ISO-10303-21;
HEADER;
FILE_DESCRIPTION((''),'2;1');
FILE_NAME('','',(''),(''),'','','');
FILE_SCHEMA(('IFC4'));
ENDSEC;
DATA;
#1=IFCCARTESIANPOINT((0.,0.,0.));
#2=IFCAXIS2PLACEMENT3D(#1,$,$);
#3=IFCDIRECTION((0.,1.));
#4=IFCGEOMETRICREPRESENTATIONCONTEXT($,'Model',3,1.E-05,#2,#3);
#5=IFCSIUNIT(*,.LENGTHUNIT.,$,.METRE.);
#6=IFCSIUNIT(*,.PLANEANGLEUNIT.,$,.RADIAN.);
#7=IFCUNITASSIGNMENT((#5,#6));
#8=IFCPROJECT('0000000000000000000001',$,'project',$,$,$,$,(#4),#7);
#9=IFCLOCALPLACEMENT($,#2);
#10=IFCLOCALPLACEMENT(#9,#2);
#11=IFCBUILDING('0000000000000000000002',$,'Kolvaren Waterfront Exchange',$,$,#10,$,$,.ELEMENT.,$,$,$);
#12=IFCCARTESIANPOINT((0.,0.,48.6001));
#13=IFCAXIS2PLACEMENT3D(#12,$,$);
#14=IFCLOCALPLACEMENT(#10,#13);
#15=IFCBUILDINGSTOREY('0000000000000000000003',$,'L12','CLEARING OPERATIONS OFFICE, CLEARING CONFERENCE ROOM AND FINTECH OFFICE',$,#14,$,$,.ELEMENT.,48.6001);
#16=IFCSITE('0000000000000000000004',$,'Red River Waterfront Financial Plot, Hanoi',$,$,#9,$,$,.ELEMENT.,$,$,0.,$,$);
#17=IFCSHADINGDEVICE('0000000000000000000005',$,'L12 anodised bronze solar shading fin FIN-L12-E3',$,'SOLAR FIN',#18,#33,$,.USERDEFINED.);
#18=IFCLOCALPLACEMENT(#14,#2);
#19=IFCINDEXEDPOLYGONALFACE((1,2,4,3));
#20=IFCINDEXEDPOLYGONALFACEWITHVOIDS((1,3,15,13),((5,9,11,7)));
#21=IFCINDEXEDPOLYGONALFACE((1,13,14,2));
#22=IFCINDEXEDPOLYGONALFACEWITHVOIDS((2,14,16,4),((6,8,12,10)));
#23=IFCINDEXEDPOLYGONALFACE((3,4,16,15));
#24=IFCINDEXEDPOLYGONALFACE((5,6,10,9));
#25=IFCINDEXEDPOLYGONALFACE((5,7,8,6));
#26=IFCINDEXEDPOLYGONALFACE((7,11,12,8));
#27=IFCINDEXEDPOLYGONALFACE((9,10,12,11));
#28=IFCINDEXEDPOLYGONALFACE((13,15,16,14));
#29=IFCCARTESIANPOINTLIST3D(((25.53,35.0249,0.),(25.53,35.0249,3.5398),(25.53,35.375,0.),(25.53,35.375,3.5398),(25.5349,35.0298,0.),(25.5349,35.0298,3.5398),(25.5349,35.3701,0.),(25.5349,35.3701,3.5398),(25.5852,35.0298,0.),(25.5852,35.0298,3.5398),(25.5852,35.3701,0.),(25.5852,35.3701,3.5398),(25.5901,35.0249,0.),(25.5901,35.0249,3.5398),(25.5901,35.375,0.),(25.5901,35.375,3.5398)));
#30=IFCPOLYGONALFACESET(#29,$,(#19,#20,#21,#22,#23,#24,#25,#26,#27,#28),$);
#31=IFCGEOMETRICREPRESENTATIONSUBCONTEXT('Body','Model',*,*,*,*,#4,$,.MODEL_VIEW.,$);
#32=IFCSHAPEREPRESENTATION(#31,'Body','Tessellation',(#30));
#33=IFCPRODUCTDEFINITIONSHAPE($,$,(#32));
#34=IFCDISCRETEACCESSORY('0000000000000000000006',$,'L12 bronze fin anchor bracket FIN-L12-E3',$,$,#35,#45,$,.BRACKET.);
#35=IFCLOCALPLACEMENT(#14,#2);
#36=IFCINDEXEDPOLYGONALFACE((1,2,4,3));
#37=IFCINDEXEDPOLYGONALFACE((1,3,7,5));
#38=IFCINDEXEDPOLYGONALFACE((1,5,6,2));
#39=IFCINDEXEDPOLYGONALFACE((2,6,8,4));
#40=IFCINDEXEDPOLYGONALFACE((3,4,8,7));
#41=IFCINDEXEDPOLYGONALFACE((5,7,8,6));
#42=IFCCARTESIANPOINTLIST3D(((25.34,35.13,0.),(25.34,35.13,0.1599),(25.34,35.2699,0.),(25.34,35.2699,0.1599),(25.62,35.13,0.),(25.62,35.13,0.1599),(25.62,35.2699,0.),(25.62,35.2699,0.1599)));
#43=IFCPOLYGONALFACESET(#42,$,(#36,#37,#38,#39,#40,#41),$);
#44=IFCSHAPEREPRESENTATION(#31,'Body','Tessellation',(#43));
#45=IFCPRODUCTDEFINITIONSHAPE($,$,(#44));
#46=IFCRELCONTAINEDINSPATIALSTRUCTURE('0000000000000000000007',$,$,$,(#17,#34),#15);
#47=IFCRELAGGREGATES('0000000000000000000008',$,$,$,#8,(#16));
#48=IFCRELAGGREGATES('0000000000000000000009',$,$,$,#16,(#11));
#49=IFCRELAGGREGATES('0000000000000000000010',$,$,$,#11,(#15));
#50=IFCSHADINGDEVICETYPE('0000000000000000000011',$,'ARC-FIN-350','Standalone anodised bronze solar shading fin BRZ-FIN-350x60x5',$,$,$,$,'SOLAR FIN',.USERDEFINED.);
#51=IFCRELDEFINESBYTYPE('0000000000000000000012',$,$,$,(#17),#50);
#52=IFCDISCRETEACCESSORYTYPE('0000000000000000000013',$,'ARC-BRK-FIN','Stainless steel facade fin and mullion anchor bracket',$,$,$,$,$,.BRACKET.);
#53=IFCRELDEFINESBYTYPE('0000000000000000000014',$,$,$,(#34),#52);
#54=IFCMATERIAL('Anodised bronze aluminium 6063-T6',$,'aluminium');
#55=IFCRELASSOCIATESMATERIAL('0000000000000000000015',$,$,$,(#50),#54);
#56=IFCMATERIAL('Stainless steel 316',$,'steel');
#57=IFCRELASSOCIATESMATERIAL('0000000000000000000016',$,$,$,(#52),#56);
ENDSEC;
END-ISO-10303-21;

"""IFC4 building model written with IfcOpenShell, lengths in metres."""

from ifc_helpers import new_model, si_unit, direction, frame, origin, origin_with_axes, origin_2d, place, context, subcontext, project, spatial, rectangle, hollow_rectangle, extrude, source, transform, mapped, material, material_profile, profile_set, type_object, element, save


model = new_model("IFC4")

# Units and contexts
model_context = context("Model", 3, precision=1e-05, world=origin(), true_north=direction((0.0, 1.0)))
body_context = subcontext(model_context, "Body", "Model", "MODEL_VIEW")
ifc_project = project(units=[si_unit("LENGTHUNIT", "METRE"), si_unit("PLANEANGLEUNIT", "RADIAN")], contexts=[model_context])

# Site, building, storey
site_placement = place(None, origin())
site = spatial("IfcSite", under=ifc_project, at=site_placement, Name="Red River Waterfront Financial Plot, Hanoi", CompositionType="ELEMENT", RefElevation=0.0)
building_placement = place(site_placement, origin())
building = spatial("IfcBuilding", under=site, at=building_placement, Name="Kolvaren Waterfront Exchange", CompositionType="ELEMENT")
storey_placement = place(building_placement, frame((0.0, 0.0, 48.6001)))
storey = spatial("IfcBuildingStorey", under=building, at=storey_placement, Name="L12", Description="CLEARING OPERATIONS OFFICE, CLEARING CONFERENCE ROOM AND FINTECH OFFICE", CompositionType="ELEMENT", Elevation=48.6001)

# Shared definitions
ifc_material_1 = material(Name="Anodised bronze aluminium 6063-T6", Category="aluminium")

# Shading device
ifc_material_profile_1 = material_profile(ifc_material_1, hollow_rectangle(XDim=0.0601, YDim=0.3501, WallThickness=0.0049, at=origin_2d()), Name="BRZ-FIN-350x60x5")
ifc_profile_set_1 = profile_set([ifc_material_profile_1], Name="Anodised bronze aluminium 6063-T6")
shading_device_type = type_object("IfcShadingDeviceType", Name="ARC-FIN-350", Description="Standalone anodised bronze solar shading fin BRZ-FIN-350x60x5", ElementType="SOLAR FIN", PredefinedType="USERDEFINED", material=ifc_profile_set_1)
shading_device_placement = place(storey_placement, frame((25.5601, 35.2, 0.0), z_axis=(0.0, 0.0, 1.0), x_axis=(1.0, 0.0, 0.0)))
element("IfcShadingDevice", 1, at=shading_device_placement, inside=storey, type_object=shading_device_type, Name="L12 anodised bronze solar shading fin FIN-L12-E3", ObjectType="SOLAR FIN", PredefinedType="USERDEFINED", context=body_context, shape_type="SweptSolid", body=[
    extrude(hollow_rectangle(XDim=0.0601, YDim=0.3501, WallThickness=0.0049, at=origin_2d()), origin(), (0.0, 0.0, 1.0), 3.5398),
])

# Discrete accessory
ifc_material_2 = material(Name="Stainless steel 316", Category="steel")
discrete_accessory_type = type_object("IfcDiscreteAccessoryType", Name="ARC-BRK-FIN", Description="Stainless steel facade fin and mullion anchor bracket", PredefinedType="BRACKET", material=ifc_material_2)
shared_shape_1 = source(origin_with_axes(), body_context, "Body", "SweptSolid", [
    extrude(rectangle(XDim=0.28, YDim=0.1399, at=origin_2d()), origin(), (0.0, 0.0, 1.0), 0.1599),
])
discrete_accessory_placement = place(storey_placement, frame((25.48, 35.2, 0.0), z_axis=(0.0, 0.0, 1.0), x_axis=(1.0, 0.0, 0.0)))
element("IfcDiscreteAccessory", 2, at=discrete_accessory_placement, inside=storey, type_object=discrete_accessory_type, Name="L12 bronze fin anchor bracket FIN-L12-E3", PredefinedType="BRACKET", context=body_context, shape_type="MappedRepresentation", body=[
    mapped(shared_shape_1, transform((0.0, 0.0, 0.0), x_axis=(1.0, 0.0, 0.0), y_axis=(0.0, 1.0, 0.0), z_axis=(0.0, 0.0, 1.0), scale=1.0)),
])

save(model, "model.ifc")
